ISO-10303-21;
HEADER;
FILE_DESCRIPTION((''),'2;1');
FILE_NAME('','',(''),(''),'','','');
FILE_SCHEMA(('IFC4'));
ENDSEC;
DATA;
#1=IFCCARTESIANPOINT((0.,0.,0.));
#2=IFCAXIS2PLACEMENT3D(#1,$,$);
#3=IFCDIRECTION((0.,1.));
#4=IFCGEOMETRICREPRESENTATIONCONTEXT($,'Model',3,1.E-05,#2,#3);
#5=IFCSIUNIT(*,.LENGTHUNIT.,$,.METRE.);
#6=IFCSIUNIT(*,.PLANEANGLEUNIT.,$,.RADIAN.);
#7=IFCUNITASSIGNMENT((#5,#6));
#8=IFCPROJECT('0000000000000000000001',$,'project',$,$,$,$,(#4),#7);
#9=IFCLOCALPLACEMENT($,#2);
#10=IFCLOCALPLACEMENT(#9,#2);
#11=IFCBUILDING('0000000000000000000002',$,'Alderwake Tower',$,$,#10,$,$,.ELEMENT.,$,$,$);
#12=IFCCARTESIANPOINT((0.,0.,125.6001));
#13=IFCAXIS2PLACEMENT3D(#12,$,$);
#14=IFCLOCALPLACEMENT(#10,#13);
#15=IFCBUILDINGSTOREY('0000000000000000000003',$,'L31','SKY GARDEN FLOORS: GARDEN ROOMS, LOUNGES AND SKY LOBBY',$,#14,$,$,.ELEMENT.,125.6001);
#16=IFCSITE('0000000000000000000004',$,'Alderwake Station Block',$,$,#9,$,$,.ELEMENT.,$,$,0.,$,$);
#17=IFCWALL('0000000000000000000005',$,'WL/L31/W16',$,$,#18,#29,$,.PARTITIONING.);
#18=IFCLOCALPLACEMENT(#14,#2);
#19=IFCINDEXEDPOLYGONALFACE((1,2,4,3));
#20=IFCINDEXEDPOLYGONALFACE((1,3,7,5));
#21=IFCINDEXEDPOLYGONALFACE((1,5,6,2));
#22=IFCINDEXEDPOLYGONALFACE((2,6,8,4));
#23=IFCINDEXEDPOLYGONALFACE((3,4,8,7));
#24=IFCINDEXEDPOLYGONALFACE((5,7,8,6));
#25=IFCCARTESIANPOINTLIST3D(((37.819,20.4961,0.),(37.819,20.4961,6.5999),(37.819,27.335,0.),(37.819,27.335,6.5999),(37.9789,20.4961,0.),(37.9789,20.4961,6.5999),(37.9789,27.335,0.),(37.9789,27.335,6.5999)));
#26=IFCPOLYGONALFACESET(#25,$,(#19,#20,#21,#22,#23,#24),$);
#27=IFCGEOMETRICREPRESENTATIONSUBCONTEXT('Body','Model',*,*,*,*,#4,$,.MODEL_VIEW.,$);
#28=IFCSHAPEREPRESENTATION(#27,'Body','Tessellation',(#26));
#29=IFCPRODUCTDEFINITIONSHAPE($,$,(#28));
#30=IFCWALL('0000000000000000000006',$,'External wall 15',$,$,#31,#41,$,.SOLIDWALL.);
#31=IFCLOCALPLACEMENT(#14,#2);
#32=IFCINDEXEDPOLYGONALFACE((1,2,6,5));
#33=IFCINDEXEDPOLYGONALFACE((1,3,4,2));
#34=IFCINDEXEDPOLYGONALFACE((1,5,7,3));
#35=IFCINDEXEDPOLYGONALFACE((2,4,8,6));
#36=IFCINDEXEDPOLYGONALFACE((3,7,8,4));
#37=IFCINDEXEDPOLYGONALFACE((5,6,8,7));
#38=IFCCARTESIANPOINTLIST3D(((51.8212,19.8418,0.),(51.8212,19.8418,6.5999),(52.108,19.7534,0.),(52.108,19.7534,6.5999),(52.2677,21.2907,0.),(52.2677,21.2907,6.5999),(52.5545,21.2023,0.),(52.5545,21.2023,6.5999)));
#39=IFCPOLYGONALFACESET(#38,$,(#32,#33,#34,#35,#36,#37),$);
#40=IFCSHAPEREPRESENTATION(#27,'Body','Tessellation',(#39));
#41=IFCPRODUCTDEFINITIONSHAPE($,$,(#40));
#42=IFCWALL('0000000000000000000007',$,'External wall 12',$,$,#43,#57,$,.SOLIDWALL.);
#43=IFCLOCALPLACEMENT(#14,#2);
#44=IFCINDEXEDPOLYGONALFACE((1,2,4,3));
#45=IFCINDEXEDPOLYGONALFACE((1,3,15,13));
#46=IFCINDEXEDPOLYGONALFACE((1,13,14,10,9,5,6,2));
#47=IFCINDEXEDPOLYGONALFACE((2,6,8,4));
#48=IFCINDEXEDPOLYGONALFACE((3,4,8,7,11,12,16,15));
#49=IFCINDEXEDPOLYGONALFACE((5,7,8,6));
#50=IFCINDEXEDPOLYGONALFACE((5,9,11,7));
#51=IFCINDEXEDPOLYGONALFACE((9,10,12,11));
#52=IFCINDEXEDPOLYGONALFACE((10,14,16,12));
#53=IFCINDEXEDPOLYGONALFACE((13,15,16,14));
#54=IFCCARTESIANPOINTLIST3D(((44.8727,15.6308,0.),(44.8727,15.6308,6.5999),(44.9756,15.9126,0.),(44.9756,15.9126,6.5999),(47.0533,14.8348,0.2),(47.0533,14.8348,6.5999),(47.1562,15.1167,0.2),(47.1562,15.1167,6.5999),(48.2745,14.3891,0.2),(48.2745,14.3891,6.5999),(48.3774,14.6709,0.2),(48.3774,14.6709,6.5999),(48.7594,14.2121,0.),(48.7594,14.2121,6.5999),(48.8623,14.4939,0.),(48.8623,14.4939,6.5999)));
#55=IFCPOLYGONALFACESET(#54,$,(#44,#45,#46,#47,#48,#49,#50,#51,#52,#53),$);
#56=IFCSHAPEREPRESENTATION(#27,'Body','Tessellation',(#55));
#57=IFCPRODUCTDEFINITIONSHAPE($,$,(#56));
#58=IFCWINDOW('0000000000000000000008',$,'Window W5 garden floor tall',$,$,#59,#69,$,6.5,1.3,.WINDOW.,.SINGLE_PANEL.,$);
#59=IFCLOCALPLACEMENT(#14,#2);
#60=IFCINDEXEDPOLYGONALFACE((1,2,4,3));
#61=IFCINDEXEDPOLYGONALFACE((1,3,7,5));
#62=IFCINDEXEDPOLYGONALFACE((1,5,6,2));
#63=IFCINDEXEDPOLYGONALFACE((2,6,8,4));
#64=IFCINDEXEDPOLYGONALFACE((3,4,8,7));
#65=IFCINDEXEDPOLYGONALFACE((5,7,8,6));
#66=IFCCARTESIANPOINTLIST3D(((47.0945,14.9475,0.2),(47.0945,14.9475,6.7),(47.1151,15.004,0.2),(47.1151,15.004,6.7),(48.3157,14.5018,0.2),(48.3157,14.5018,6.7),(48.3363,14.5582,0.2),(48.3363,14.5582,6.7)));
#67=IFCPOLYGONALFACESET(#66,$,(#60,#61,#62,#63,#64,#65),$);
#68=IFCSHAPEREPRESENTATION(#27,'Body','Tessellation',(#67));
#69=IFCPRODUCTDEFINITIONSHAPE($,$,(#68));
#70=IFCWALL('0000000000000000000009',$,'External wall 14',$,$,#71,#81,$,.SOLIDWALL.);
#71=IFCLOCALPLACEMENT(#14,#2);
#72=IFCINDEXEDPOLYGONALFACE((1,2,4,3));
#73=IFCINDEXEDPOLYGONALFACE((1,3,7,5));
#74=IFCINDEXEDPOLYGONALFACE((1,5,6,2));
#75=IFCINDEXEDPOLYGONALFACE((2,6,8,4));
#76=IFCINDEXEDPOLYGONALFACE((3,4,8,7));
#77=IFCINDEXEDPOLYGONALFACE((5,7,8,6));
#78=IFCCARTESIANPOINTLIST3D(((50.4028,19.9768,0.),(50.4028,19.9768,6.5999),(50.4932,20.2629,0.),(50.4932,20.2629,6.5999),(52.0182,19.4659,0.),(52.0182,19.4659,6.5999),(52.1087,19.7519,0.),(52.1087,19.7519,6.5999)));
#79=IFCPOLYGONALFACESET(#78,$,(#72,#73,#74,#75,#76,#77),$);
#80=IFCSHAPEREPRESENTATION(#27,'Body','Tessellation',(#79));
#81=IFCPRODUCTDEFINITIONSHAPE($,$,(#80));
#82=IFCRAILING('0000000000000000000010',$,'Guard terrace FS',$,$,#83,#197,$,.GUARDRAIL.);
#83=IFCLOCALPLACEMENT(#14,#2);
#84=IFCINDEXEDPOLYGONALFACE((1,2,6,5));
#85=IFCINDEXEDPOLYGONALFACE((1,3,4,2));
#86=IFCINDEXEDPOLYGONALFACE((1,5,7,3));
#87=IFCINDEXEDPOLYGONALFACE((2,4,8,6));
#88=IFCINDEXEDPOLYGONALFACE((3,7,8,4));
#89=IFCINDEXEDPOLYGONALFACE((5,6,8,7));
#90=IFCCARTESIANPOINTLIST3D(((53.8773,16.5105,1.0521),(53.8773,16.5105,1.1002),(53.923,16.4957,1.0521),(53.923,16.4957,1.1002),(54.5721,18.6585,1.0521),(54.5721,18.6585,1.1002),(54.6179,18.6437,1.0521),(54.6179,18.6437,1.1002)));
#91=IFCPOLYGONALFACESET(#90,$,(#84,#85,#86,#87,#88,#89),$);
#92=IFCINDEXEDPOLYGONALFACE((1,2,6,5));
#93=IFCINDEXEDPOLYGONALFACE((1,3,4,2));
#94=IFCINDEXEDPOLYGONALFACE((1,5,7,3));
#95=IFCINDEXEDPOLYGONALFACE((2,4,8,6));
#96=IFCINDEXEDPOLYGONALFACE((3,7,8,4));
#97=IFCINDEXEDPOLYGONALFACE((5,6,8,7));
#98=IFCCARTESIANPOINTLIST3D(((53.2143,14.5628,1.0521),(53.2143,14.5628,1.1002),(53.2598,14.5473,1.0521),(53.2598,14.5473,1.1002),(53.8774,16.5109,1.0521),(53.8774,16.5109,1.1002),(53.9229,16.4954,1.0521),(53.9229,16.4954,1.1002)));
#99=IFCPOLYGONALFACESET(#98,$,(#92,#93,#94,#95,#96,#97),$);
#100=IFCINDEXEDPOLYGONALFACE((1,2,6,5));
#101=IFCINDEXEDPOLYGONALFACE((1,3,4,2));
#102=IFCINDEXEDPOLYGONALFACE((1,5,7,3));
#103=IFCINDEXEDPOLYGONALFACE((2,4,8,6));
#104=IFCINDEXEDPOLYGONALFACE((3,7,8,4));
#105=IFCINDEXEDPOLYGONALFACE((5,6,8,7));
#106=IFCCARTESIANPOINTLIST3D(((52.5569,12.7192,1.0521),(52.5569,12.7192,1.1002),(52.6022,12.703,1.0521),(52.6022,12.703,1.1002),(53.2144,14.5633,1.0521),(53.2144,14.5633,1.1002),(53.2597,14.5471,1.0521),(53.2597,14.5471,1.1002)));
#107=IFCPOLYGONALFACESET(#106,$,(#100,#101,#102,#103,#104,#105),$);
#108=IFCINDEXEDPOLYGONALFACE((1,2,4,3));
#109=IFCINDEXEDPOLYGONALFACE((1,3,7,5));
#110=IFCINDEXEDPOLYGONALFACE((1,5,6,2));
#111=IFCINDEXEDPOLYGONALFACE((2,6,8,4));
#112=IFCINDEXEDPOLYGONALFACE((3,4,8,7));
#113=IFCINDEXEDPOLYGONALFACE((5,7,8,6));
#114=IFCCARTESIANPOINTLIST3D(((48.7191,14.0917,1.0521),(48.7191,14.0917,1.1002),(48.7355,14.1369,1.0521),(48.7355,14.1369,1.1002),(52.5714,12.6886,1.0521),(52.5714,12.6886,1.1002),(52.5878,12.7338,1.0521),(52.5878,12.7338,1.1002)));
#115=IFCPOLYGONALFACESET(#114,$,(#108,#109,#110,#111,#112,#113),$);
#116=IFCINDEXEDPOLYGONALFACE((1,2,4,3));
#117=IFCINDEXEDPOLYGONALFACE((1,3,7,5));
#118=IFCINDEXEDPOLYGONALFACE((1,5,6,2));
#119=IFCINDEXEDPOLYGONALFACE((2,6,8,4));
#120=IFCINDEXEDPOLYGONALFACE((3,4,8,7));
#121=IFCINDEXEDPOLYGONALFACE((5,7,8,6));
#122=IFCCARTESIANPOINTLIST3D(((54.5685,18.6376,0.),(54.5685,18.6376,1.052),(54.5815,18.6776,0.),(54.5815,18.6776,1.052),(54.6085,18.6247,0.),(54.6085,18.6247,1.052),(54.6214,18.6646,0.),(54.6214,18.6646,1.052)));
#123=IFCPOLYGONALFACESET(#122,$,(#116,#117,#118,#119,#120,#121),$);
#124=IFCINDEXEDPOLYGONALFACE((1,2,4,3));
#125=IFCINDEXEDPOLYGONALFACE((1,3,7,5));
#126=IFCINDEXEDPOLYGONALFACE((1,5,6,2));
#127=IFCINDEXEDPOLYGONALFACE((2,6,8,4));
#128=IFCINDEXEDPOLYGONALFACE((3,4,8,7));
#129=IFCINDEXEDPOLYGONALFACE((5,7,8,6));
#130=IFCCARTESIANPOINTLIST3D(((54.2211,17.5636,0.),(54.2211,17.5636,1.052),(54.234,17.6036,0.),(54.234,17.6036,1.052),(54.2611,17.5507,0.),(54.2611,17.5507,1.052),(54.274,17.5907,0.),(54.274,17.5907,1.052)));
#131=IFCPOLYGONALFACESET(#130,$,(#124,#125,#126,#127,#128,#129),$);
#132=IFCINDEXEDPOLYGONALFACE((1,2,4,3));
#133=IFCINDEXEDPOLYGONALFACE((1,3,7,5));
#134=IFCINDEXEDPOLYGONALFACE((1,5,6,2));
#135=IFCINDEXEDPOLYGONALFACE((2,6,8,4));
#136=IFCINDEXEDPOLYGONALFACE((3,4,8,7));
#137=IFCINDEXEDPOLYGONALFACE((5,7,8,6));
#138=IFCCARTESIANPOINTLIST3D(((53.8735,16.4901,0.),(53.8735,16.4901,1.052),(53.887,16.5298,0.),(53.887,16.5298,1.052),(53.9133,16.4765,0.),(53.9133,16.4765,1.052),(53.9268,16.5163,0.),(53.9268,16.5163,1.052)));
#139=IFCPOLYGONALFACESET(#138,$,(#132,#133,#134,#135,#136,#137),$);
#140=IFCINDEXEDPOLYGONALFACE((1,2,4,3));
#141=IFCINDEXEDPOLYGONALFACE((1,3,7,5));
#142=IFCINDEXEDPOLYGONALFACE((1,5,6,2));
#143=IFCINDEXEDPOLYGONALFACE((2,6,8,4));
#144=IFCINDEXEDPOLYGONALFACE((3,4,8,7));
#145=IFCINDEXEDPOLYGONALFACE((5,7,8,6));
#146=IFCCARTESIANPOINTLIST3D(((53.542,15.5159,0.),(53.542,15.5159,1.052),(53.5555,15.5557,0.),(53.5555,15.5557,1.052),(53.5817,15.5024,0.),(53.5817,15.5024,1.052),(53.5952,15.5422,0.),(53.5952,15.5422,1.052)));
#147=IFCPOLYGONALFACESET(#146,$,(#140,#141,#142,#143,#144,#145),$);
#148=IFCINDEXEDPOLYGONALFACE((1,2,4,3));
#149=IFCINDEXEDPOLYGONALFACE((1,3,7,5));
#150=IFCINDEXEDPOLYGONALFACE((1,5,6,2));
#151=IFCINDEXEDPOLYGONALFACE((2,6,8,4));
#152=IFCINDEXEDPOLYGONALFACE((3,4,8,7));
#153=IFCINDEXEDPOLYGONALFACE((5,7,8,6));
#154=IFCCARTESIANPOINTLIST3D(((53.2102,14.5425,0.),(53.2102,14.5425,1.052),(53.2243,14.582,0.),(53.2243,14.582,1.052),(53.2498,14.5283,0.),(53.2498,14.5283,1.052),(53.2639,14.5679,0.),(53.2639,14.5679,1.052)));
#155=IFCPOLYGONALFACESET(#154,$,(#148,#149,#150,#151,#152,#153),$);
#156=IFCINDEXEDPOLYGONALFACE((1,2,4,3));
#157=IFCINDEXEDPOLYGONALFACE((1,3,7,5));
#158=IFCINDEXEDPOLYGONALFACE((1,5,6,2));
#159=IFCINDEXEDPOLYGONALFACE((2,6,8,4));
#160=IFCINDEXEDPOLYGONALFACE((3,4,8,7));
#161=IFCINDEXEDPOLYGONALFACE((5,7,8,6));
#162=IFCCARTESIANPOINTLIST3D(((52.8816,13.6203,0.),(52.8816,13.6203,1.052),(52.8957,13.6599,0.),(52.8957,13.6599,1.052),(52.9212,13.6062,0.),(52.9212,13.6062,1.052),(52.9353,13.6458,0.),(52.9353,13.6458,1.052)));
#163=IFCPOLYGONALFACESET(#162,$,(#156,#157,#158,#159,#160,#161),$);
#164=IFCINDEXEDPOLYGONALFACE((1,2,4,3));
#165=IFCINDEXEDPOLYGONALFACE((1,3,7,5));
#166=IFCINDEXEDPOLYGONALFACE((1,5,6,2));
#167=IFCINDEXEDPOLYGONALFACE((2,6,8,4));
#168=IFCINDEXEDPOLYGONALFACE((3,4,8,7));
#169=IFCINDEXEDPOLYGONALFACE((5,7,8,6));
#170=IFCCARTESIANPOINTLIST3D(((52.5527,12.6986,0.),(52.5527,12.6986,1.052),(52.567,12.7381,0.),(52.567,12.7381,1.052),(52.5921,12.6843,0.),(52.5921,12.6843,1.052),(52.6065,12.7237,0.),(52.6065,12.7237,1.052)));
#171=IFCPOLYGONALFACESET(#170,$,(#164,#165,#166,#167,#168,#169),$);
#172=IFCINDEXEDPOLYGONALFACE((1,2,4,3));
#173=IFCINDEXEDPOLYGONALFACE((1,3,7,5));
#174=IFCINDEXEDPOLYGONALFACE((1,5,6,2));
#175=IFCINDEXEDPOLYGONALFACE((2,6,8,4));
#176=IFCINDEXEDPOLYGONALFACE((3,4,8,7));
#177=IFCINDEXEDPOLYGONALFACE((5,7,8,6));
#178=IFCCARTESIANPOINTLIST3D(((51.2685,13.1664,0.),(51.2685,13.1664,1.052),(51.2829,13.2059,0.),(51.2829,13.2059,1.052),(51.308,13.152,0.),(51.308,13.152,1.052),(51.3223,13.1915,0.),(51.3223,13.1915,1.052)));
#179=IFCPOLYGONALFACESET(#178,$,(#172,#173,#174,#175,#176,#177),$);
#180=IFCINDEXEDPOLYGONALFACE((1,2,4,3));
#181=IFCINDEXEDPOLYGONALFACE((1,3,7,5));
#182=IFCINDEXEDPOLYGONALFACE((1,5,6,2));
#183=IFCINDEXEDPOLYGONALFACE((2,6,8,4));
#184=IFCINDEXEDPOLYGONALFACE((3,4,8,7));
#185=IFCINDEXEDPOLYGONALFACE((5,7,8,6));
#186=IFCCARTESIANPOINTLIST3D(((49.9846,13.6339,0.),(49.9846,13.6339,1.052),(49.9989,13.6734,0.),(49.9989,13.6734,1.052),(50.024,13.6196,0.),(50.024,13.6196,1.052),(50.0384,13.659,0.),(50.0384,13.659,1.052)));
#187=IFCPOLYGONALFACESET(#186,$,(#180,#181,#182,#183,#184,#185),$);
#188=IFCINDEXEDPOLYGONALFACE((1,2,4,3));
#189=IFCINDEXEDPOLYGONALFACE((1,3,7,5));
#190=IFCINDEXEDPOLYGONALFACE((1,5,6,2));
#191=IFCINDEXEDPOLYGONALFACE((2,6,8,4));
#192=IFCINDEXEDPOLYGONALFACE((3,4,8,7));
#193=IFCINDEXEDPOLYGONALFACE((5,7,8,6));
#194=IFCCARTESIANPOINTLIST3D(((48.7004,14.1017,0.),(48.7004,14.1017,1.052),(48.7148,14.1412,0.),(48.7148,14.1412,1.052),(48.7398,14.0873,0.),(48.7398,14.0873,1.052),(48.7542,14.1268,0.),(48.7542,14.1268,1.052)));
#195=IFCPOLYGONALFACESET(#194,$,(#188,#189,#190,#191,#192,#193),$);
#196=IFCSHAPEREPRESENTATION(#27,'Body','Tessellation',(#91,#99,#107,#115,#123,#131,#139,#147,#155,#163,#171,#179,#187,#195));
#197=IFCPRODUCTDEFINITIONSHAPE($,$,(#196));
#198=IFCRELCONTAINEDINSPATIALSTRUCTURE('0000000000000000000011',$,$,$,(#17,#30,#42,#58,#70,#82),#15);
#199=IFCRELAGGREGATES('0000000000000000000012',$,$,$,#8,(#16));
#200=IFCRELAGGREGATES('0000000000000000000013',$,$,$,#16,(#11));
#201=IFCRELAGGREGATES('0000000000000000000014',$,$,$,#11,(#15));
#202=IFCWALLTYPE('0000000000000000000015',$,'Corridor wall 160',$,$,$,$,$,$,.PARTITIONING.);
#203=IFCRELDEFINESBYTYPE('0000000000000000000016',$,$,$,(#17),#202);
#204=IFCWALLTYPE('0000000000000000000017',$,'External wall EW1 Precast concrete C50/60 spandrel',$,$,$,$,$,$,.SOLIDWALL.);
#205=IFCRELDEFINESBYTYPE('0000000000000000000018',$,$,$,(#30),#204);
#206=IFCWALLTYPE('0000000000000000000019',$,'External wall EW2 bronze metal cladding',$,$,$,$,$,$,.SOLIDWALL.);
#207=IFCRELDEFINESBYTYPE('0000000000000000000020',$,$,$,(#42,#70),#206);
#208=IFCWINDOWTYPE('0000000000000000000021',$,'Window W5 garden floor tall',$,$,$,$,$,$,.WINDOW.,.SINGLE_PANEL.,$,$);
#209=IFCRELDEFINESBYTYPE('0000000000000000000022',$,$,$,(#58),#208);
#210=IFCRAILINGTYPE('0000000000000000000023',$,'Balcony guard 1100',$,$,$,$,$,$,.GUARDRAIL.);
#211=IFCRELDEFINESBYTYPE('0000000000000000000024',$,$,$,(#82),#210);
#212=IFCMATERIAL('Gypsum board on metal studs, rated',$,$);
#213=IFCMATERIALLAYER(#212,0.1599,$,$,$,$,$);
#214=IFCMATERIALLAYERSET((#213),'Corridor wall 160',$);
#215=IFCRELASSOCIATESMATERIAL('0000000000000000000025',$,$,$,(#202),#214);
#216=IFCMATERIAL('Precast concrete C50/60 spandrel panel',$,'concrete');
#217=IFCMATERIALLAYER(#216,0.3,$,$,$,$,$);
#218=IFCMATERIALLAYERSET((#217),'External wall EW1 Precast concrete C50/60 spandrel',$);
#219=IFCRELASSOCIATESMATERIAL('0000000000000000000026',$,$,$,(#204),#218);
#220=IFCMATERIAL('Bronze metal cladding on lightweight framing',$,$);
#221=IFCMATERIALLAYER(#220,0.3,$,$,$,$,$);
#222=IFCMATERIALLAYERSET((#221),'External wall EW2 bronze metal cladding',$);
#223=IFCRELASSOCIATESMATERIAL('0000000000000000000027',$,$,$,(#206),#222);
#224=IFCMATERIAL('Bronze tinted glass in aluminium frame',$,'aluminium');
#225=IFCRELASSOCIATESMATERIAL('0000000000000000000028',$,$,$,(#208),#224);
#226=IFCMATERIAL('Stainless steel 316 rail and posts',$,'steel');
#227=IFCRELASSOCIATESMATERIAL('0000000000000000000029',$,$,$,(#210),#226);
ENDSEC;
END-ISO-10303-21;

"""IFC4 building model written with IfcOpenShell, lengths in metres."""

from ifc_helpers import new_model, si_unit, direction, frame, frame_2d, origin, origin_2d, place, context, subcontext, project, spatial, rectangle, extrude, material, layer, layer_set, type_object, element, fill, save


model = new_model("IFC4")

# Units and contexts
model_context = context("Model", 3, precision=1e-05, world=origin(), true_north=direction((0.0, 1.0)))
body_context = subcontext(model_context, "Body", "Model", "MODEL_VIEW")
ifc_project = project(units=[si_unit("LENGTHUNIT", "METRE"), si_unit("PLANEANGLEUNIT", "RADIAN")], contexts=[model_context])

# Site, building, storey
site_placement = place(None, origin())
site = spatial("IfcSite", under=ifc_project, at=site_placement, Name="Alderwake Station Block", CompositionType="ELEMENT", RefElevation=0.0)
building_placement = place(site_placement, origin())
building = spatial("IfcBuilding", under=site, at=building_placement, Name="Alderwake Tower", CompositionType="ELEMENT")
storey_placement = place(building_placement, frame((0.0, 0.0, 125.6001)))
storey = spatial("IfcBuildingStorey", under=building, at=storey_placement, Name="L31", Description="SKY GARDEN FLOORS: GARDEN ROOMS, LOUNGES AND SKY LOBBY", CompositionType="ELEMENT", Elevation=125.6001)

# Walls
ifc_material_1 = material(Name="Gypsum board on metal studs, rated")
ifc_layer_1 = layer(ifc_material_1, 0.1599)
ifc_layer_set_1 = layer_set([ifc_layer_1], Name="Corridor wall 160")
wall_type_1 = type_object("IfcWallType", Name="Corridor wall 160", PredefinedType="PARTITIONING", material=ifc_layer_set_1)
wall_1_placement = place(storey_placement, frame((37.8989, 20.4961, 0.0), z_axis=(0.0, 0.0, 1.0), x_axis=(0.0, 1.0, 0.0)))
element("IfcWall", 1, at=wall_1_placement, inside=storey, type_object=wall_type_1, Name="WL/L31/W16", PredefinedType="PARTITIONING", context=body_context, shape_type="SweptSolid", body=[
    extrude(rectangle(XDim=6.8389, YDim=0.1599, at=frame_2d((3.4194, 0.0))), origin(), (0.0, 0.0, 1.0), 6.5999),
])
ifc_material_2 = material(Name="Precast concrete C50/60 spandrel panel", Category="concrete")
ifc_layer_2 = layer(ifc_material_2, 0.3)
ifc_layer_set_2 = layer_set([ifc_layer_2], Name="External wall EW1 Precast concrete C50/60 spandrel")
wall_type_2 = type_object("IfcWallType", Name="External wall EW1 Precast concrete C50/60 spandrel", PredefinedType="SOLIDWALL", material=ifc_layer_set_2)
wall_2_placement = place(storey_placement, frame((51.9646, 19.7976, 0.0), z_axis=(0.0, 0.0, 1.0), x_axis=(0.294504, 0.95565, 0.0)))
element("IfcWall", 2, at=wall_2_placement, inside=storey, type_object=wall_type_2, Name="External wall 15", PredefinedType="SOLIDWALL", context=body_context, shape_type="SweptSolid", body=[
    extrude(rectangle(XDim=1.5161, YDim=0.3, at=frame_2d((0.7581, 0.0))), origin(), (0.0, 0.0, 1.0), 6.5999),
])

# Wall, opening, window
ifc_material_3 = material(Name="Bronze metal cladding on lightweight framing")
ifc_layer_3 = layer(ifc_material_3, 0.3)
ifc_layer_set_3 = layer_set([ifc_layer_3], Name="External wall EW2 bronze metal cladding")
wall_type_3 = type_object("IfcWallType", Name="External wall EW2 bronze metal cladding", PredefinedType="SOLIDWALL", material=ifc_layer_set_3)
wall_3_placement = place(storey_placement, frame((44.9241, 15.7717, 0.0), z_axis=(0.0, 0.0, 1.0), x_axis=(0.939378, -0.342885, 0.0)))
wall_3 = element("IfcWall", 3, at=wall_3_placement, inside=storey, type_object=wall_type_3, Name="External wall 12", PredefinedType="SOLIDWALL", context=body_context, shape_type="SweptSolid", body=[
    extrude(rectangle(XDim=4.1375, YDim=0.3, at=frame_2d((2.0688, 0.0))), origin(), (0.0, 0.0, 1.0), 6.5999),
])
opening_1_placement = place(wall_3_placement, frame((2.3215, 0.0, 0.2)))
opening_1 = element("IfcOpeningElement", 4, at=opening_1_placement, cuts=wall_3, PredefinedType="OPENING", context=body_context, shape_type="SweptSolid", body=[
    extrude(rectangle(XDim=1.3, YDim=6.5, at=frame_2d((0.6499, 3.25))), frame((0.0, 0.1599, 0.0), z_axis=(0.0, -1.0, 0.0), x_axis=(1.0, 0.0, 0.0)), (0.0, 0.0, 1.0), 0.3201),
])
ifc_material_4 = material(Name="Bronze tinted glass in aluminium frame", Category="aluminium")
window_type = type_object("IfcWindowType", Name="Window W5 garden floor tall", PartitioningType="SINGLE_PANEL", PredefinedType="WINDOW", material=ifc_material_4)
window_1_placement = place(opening_1_placement, origin())
window_1 = element("IfcWindow", 5, at=window_1_placement, inside=storey, type_object=window_type, Name="Window W5 garden floor tall", OverallHeight=6.5, OverallWidth=1.3, PartitioningType="SINGLE_PANEL", PredefinedType="WINDOW", context=body_context, shape_type="SweptSolid", body=[
    extrude(rectangle(XDim=1.3, YDim=6.5, at=frame_2d((0.6499, 3.25))), frame((0.0, 0.03, 0.0), z_axis=(0.0, -1.0, 0.0), x_axis=(1.0, 0.0, 0.0)), (0.0, 0.0, 1.0), 0.0601),
])
fill(opening_1, window_1)

# Wall
wall_4_placement = place(storey_placement, frame((50.448, 20.1199, 0.0), z_axis=(0.0, 0.0, 1.0), x_axis=(0.953441, -0.30158, 0.0)))
element("IfcWall", 6, at=wall_4_placement, inside=storey, type_object=wall_type_3, Name="External wall 14", PredefinedType="SOLIDWALL", context=body_context, shape_type="SweptSolid", body=[
    extrude(rectangle(XDim=1.6943, YDim=0.3, at=frame_2d((0.8472, 0.0))), origin(), (0.0, 0.0, 1.0), 6.5999),
])

# Railing
ifc_material_5 = material(Name="Stainless steel 316 rail and posts", Category="steel")
railing_type = type_object("IfcRailingType", Name="Balcony guard 1100", PredefinedType="GUARDRAIL", material=ifc_material_5)
railing_1_placement = place(storey_placement, frame((54.595, 18.6511, 0.0)))
element("IfcRailing", 7, at=railing_1_placement, inside=storey, type_object=railing_type, Name="Guard terrace FS", PredefinedType="GUARDRAIL", context=body_context, shape_type="SweptSolid", body=[
    extrude(rectangle(XDim=0.0481, YDim=0.0481, at=origin_2d()), frame((0.0, 0.0, 1.0762), z_axis=(-0.30778, -0.951458, 0.0), x_axis=(0.951458, -0.30778, 0.0)), (0.0, 0.0, 1.0), 2.2576),
    extrude(rectangle(XDim=0.0481, YDim=0.0481, at=origin_2d()), frame((-0.6948, -2.1479, 1.0762), z_axis=(-0.322237, -0.946659, 0.0), x_axis=(0.946659, -0.322237, 0.0)), (0.0, 0.0, 1.0), 2.0579),
    extrude(rectangle(XDim=0.0481, YDim=0.0481, at=origin_2d()), frame((-1.3579, -4.0959, 1.0762), z_axis=(-0.335839, -0.94192, 0.0), x_axis=(0.94192, -0.335839, 0.0)), (0.0, 0.0, 1.0), 1.9578),
    extrude(rectangle(XDim=0.0481, YDim=0.0481, at=origin_2d()), frame((-2.0154, -5.9399, 1.0762), z_axis=(-0.939618, 0.342226, 0.0), x_axis=(-0.342226, -0.939618, 0.0)), (0.0, 0.0, 1.0), 4.0999),
    extrude(rectangle(XDim=0.042, YDim=0.042, at=origin_2d()), frame((0.0, 0.0, 0.0), z_axis=(0.0, 0.0, 1.0), x_axis=(-0.30778, -0.951458, 0.0)), (0.0, 0.0, 1.0), 1.052),
    extrude(rectangle(XDim=0.042, YDim=0.042, at=origin_2d()), frame((-0.3474, -1.074, 0.0), z_axis=(0.0, 0.0, 1.0), x_axis=(-0.30778, -0.951458, 0.0)), (0.0, 0.0, 1.0), 1.052),
    extrude(rectangle(XDim=0.042, YDim=0.042, at=origin_2d()), frame((-0.6948, -2.1479, 0.0), z_axis=(0.0, 0.0, 1.0), x_axis=(-0.322237, -0.946659, 0.0)), (0.0, 0.0, 1.0), 1.052),
    extrude(rectangle(XDim=0.042, YDim=0.042, at=origin_2d()), frame((-1.0264, -3.1221, 0.0), z_axis=(0.0, 0.0, 1.0), x_axis=(-0.322237, -0.946659, 0.0)), (0.0, 0.0, 1.0), 1.052),
    extrude(rectangle(XDim=0.042, YDim=0.042, at=origin_2d()), frame((-1.3579, -4.0959, 0.0), z_axis=(0.0, 0.0, 1.0), x_axis=(-0.335839, -0.94192, 0.0)), (0.0, 0.0, 1.0), 1.052),
    extrude(rectangle(XDim=0.042, YDim=0.042, at=origin_2d()), frame((-1.6865, -5.0181, 0.0), z_axis=(0.0, 0.0, 1.0), x_axis=(-0.335839, -0.94192, 0.0)), (0.0, 0.0, 1.0), 1.052),
    extrude(rectangle(XDim=0.042, YDim=0.042, at=origin_2d()), frame((-2.0154, -5.9399, 0.0), z_axis=(0.0, 0.0, 1.0), x_axis=(-0.939618, 0.342226, 0.0)), (0.0, 0.0, 1.0), 1.052),
    extrude(rectangle(XDim=0.042, YDim=0.042, at=origin_2d()), frame((-3.2996, -5.4722, 0.0), z_axis=(0.0, 0.0, 1.0), x_axis=(-0.939618, 0.342226, 0.0)), (0.0, 0.0, 1.0), 1.052),
    extrude(rectangle(XDim=0.042, YDim=0.042, at=origin_2d()), frame((-4.5835, -5.0046, 0.0), z_axis=(0.0, 0.0, 1.0), x_axis=(-0.939618, 0.342226, 0.0)), (0.0, 0.0, 1.0), 1.052),
    extrude(rectangle(XDim=0.042, YDim=0.042, at=origin_2d()), frame((-5.8677, -4.5369, 0.0), z_axis=(0.0, 0.0, 1.0), x_axis=(-0.939618, 0.342226, 0.0)), (0.0, 0.0, 1.0), 1.052),
])

save(model, "model.ifc")
